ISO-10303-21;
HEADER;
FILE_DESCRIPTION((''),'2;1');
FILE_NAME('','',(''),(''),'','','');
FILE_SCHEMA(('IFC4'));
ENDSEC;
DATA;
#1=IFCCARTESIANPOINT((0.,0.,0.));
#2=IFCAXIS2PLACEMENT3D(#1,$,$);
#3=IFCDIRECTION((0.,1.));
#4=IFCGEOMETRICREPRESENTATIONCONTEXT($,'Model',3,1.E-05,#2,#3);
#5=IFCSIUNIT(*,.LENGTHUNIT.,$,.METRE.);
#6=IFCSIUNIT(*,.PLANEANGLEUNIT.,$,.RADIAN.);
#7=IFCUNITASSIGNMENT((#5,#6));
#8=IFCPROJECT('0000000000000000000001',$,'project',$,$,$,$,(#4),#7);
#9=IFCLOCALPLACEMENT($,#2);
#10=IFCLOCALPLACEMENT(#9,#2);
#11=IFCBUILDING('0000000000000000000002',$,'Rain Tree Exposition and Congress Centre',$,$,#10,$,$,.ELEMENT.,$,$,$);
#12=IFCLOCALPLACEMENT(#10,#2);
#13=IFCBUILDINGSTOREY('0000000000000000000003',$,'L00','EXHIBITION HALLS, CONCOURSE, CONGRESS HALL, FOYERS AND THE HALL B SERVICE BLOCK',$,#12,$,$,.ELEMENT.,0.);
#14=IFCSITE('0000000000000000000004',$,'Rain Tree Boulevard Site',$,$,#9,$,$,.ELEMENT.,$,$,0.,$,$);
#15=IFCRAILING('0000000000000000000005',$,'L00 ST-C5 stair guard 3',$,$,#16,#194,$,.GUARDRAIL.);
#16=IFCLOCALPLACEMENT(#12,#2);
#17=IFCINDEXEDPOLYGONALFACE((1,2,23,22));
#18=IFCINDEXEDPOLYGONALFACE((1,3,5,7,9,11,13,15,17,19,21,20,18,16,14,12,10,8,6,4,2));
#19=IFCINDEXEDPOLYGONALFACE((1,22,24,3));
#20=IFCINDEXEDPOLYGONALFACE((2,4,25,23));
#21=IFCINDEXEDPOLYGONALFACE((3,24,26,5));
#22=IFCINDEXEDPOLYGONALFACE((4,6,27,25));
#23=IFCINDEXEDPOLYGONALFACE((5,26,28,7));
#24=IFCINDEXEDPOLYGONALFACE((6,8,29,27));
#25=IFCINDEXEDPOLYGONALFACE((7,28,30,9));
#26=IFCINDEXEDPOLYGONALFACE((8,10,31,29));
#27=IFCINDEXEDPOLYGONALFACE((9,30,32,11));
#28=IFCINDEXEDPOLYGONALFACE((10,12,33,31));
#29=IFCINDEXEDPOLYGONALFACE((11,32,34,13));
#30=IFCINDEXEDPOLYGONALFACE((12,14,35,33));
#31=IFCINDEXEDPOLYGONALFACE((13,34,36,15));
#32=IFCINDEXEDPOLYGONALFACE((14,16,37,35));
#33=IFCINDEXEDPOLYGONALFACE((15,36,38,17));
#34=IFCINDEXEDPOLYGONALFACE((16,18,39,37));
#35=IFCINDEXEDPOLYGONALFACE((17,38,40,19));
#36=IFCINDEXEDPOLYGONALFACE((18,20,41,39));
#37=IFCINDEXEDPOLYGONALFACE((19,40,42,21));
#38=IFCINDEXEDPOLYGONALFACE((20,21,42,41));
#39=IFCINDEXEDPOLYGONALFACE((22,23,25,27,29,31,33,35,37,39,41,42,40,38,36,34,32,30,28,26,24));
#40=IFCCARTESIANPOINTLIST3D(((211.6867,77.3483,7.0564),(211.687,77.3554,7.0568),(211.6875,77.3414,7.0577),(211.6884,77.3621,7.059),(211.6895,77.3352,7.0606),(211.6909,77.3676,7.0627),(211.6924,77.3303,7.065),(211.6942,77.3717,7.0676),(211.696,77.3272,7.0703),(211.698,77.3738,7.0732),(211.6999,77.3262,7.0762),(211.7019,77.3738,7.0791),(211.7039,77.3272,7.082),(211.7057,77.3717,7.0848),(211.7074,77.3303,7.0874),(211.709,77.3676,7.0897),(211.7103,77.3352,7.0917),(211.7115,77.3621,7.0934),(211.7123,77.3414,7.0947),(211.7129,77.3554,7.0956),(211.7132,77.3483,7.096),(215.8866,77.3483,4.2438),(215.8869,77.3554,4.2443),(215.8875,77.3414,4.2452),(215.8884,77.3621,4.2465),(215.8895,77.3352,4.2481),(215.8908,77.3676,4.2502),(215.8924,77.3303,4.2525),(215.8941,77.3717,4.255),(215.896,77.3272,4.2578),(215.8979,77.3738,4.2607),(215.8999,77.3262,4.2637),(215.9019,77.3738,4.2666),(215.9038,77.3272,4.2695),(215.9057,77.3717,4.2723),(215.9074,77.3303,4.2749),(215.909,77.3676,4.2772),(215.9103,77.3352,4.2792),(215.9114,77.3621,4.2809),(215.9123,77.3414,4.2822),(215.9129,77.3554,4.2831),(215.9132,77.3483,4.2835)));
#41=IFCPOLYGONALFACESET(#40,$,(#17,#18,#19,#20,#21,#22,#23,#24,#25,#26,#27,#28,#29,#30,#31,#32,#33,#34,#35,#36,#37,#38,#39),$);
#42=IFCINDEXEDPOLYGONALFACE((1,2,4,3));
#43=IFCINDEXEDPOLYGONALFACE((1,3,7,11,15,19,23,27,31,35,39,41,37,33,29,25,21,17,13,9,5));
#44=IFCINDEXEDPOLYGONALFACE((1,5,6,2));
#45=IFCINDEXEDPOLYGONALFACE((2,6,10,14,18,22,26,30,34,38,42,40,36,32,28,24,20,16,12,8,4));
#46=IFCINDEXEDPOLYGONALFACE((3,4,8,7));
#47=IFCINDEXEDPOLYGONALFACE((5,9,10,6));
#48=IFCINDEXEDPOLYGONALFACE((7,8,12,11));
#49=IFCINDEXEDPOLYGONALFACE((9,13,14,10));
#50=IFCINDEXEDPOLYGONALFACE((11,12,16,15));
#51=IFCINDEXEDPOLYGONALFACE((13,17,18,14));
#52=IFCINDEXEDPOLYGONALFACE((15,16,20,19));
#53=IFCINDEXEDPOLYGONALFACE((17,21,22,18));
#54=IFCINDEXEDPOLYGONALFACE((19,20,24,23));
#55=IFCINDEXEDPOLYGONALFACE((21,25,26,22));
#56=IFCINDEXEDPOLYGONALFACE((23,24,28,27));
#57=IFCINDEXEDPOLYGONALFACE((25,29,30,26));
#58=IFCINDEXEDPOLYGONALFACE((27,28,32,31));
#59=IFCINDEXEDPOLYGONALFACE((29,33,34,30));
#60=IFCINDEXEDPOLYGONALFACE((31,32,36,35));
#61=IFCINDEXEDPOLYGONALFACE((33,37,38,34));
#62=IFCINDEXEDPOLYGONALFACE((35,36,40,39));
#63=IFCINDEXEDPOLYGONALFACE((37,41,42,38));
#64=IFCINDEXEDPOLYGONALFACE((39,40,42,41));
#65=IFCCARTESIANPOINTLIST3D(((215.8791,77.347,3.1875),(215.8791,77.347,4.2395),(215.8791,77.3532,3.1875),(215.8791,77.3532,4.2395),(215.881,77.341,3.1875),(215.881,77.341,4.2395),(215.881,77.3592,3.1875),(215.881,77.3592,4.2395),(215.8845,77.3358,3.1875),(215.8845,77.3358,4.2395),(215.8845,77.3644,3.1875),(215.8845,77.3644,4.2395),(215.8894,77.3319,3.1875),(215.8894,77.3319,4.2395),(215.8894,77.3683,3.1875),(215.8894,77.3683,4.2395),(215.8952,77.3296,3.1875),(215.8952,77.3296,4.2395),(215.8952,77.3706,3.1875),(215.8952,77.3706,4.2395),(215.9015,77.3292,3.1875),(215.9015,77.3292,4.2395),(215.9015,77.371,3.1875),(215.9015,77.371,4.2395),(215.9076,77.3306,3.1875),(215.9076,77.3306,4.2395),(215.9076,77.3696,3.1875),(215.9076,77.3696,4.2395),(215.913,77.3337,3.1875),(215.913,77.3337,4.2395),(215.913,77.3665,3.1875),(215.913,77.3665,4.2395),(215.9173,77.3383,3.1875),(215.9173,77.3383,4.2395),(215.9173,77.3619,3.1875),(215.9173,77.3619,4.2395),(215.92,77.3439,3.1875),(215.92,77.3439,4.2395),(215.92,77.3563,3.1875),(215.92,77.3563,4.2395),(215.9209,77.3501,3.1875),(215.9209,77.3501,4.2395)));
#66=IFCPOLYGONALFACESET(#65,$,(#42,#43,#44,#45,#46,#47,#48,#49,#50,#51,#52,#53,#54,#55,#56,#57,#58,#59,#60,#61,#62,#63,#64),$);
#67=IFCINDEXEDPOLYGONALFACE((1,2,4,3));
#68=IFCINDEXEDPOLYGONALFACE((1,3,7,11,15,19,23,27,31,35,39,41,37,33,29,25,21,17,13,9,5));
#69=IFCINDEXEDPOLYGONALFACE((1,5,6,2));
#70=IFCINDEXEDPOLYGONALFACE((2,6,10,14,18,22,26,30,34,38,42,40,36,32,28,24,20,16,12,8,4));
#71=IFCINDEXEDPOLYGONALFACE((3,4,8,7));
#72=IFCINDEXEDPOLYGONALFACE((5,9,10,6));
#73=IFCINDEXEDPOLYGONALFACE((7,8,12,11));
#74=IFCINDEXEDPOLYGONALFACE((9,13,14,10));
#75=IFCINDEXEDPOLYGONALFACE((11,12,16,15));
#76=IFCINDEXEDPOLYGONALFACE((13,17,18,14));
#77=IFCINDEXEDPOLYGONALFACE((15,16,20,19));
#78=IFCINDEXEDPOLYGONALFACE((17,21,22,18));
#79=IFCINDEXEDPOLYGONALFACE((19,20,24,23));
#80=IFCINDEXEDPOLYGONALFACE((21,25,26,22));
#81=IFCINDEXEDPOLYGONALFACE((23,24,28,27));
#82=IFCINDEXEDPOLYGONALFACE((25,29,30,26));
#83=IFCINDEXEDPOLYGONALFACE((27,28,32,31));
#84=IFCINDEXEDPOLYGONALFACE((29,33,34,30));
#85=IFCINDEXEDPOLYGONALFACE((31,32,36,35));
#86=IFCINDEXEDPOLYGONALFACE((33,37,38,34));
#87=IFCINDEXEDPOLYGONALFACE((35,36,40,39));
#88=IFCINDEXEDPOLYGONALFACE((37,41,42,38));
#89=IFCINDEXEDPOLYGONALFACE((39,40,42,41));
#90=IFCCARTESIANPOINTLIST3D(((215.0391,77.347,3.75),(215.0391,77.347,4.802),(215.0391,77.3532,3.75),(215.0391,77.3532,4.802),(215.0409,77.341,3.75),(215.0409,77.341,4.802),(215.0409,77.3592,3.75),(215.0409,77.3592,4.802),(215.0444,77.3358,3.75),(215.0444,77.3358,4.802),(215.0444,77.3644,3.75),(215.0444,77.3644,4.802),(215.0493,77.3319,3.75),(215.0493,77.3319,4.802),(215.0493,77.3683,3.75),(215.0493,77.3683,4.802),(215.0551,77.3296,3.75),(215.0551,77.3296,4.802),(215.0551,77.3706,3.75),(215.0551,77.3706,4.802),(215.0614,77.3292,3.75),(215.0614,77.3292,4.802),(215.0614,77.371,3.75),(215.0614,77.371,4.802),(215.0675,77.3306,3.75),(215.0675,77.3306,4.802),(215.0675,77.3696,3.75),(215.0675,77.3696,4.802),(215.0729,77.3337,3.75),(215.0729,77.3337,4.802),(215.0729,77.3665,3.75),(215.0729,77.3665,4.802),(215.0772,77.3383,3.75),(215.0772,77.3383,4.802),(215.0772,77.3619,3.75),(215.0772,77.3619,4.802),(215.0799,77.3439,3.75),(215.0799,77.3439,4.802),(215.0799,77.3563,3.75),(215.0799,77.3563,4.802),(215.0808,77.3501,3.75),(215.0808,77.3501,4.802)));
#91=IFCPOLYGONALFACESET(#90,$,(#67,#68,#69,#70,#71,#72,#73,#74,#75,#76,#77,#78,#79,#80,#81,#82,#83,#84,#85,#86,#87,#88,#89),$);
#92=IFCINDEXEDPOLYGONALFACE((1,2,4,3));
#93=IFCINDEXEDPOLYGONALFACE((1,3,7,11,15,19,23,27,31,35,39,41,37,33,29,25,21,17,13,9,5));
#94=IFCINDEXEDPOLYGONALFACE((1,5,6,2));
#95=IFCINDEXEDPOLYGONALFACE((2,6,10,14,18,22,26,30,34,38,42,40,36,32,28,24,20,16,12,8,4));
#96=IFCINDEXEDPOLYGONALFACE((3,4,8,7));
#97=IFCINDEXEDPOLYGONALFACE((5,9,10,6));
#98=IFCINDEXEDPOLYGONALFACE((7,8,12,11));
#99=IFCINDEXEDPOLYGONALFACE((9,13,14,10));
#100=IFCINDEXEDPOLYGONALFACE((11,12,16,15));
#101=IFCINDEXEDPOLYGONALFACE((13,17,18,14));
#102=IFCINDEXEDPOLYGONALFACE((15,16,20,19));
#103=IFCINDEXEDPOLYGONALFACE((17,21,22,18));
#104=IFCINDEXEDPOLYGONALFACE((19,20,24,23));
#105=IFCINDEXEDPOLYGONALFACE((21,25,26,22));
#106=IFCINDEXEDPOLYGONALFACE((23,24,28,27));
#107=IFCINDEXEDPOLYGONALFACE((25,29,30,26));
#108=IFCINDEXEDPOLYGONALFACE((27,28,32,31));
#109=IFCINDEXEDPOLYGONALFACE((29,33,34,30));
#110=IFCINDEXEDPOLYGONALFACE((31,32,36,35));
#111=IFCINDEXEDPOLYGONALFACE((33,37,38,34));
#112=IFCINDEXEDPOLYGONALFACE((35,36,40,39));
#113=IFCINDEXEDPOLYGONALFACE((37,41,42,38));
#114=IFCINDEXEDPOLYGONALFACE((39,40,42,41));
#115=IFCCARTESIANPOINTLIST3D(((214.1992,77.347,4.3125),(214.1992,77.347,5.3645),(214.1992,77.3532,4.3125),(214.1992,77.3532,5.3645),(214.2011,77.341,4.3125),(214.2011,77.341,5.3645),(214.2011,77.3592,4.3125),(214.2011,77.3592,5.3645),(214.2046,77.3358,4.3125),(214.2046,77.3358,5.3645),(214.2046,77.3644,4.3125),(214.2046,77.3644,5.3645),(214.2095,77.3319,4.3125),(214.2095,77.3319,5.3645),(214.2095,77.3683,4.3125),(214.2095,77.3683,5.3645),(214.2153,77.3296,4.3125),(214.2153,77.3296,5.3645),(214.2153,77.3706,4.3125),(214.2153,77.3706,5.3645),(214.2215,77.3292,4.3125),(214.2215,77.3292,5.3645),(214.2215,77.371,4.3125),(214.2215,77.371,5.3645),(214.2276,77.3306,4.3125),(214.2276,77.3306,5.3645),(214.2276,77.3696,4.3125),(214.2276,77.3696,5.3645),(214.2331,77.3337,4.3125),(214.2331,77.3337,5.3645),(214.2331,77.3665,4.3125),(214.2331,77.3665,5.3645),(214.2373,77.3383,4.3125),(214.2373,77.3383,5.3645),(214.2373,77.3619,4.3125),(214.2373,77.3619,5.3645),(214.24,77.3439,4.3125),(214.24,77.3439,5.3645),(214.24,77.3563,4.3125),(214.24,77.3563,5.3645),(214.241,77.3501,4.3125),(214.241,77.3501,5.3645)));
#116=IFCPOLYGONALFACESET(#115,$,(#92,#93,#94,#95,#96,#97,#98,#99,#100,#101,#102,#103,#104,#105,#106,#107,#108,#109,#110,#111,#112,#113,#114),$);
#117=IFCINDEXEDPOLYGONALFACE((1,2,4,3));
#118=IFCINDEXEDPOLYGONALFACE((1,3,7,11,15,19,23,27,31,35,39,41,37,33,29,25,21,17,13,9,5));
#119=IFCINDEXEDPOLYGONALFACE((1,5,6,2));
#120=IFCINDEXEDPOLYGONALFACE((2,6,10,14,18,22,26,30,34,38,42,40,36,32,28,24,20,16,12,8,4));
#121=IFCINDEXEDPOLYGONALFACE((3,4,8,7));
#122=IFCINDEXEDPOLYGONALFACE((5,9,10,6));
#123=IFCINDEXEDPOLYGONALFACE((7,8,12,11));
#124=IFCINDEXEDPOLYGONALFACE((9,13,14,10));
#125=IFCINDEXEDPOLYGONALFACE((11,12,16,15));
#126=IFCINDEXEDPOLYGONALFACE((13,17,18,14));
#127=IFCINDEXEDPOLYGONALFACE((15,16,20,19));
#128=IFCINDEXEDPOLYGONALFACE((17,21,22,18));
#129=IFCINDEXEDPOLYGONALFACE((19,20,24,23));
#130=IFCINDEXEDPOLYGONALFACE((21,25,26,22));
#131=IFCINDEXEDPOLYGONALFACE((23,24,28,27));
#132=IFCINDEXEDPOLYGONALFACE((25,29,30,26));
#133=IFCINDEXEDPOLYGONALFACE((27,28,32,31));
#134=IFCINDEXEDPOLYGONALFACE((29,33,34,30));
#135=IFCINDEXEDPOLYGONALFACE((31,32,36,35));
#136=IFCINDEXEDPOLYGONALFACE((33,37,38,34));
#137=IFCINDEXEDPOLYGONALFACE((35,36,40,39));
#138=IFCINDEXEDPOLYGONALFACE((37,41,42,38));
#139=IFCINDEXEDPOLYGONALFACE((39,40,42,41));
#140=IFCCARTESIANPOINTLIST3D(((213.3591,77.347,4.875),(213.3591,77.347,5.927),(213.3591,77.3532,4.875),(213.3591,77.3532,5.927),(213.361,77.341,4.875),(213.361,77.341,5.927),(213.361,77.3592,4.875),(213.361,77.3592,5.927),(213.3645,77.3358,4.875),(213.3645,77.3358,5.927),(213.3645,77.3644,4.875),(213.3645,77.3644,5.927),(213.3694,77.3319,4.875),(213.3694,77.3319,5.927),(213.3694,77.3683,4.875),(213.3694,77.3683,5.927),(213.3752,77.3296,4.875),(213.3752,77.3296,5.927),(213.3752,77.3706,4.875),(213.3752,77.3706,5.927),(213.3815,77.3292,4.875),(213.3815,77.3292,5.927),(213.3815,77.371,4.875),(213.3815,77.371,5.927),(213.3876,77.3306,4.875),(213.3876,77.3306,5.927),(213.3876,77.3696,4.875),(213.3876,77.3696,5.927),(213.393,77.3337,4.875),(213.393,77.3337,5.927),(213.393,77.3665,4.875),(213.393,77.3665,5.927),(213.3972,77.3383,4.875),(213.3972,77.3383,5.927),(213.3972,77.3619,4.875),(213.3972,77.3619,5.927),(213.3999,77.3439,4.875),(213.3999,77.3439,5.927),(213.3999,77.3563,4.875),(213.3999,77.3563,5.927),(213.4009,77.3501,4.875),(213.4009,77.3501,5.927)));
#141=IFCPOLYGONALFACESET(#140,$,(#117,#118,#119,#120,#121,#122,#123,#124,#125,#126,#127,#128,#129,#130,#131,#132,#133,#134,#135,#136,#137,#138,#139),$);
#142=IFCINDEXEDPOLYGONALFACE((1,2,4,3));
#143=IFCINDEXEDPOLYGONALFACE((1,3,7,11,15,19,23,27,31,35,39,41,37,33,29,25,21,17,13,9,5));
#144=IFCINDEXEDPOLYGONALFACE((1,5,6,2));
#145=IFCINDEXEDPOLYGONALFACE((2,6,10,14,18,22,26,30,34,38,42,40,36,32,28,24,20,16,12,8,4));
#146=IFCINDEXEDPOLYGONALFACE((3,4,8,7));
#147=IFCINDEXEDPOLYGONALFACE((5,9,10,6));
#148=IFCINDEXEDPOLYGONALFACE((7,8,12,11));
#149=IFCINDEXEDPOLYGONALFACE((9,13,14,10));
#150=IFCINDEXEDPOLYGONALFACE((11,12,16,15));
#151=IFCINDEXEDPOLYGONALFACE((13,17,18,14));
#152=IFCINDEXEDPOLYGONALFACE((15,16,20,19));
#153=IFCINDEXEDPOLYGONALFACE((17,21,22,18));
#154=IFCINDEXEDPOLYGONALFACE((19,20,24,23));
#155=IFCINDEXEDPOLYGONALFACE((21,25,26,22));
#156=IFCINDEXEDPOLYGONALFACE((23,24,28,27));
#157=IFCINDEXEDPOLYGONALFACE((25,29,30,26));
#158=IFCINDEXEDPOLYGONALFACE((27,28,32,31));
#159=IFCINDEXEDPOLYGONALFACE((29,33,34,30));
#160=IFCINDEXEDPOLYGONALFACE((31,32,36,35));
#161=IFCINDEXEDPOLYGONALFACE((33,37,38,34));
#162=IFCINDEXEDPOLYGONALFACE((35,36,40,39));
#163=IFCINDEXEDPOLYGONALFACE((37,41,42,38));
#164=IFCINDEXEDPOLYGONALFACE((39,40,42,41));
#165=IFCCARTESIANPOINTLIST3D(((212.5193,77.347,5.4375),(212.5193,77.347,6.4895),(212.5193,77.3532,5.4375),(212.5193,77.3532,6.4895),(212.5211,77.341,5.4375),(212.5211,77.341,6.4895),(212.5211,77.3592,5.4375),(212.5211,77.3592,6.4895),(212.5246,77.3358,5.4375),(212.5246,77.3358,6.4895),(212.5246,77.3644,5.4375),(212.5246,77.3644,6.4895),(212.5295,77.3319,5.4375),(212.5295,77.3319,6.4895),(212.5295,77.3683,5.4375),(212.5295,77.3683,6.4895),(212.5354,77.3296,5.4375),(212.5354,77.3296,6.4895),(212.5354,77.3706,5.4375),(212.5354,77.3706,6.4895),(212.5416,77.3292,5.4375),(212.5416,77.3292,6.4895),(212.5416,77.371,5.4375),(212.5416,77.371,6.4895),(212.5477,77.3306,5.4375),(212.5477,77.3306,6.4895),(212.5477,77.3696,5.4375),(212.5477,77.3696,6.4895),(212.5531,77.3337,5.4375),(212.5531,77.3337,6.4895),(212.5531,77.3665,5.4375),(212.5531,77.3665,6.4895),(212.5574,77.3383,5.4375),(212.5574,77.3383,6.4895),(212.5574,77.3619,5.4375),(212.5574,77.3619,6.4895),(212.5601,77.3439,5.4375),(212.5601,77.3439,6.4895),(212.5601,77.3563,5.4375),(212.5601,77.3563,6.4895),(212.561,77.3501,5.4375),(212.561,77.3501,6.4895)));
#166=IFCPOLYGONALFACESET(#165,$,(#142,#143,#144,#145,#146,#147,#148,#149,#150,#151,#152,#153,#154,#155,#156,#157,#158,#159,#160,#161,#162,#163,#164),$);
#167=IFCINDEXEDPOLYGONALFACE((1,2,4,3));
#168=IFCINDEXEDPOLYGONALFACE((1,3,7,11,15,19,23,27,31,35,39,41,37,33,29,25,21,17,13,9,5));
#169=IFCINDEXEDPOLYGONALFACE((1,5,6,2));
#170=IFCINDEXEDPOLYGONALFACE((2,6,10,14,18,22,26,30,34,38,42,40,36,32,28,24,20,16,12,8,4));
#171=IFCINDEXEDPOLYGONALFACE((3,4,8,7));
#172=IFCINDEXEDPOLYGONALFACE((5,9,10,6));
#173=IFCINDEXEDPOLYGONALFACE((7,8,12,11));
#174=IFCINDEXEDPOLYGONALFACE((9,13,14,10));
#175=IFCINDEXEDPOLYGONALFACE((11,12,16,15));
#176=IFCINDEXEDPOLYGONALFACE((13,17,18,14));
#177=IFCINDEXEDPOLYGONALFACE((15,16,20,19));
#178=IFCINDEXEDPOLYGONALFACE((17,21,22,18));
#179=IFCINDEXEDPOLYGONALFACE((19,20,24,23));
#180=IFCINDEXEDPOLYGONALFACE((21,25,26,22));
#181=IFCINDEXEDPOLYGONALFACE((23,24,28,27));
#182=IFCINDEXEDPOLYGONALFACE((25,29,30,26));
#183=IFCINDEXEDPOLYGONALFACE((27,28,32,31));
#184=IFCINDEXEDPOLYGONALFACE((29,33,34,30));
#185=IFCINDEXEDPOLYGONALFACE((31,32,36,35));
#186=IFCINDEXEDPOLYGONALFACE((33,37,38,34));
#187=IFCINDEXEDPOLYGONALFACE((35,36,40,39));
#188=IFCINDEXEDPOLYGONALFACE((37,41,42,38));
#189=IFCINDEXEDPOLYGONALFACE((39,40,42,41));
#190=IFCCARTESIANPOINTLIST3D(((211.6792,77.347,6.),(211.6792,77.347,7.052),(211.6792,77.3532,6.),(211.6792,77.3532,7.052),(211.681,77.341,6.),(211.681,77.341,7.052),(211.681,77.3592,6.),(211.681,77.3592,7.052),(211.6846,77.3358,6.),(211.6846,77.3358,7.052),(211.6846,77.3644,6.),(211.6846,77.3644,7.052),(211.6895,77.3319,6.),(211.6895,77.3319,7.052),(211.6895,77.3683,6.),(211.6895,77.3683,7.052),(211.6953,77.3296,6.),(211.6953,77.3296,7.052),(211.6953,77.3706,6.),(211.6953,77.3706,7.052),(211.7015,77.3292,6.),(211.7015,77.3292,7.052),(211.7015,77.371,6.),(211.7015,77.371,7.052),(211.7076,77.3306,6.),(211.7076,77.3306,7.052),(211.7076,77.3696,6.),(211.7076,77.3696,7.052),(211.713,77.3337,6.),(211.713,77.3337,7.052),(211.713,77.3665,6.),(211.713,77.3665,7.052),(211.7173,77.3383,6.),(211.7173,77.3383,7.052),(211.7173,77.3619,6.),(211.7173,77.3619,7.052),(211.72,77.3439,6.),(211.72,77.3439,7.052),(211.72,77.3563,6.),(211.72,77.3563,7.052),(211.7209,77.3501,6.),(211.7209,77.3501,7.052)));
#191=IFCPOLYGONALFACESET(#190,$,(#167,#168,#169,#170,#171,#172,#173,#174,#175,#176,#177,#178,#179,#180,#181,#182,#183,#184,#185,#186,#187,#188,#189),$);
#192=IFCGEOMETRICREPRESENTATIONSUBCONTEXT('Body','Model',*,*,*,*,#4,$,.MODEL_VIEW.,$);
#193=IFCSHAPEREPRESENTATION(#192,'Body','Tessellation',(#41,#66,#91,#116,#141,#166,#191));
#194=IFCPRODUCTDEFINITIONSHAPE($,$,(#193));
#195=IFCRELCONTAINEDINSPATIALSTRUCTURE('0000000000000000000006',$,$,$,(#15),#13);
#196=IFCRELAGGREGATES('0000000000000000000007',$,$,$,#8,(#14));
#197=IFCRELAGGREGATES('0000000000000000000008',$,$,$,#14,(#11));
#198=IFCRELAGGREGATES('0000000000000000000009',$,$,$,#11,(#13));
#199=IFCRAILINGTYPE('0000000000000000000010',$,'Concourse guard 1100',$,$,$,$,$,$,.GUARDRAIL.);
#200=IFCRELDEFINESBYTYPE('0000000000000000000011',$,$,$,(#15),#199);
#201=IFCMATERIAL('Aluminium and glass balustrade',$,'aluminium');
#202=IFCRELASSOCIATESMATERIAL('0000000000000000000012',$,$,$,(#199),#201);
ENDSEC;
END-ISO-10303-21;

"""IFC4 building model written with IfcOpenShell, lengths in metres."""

from ifc_helpers import new_model, si_unit, direction, frame, origin, origin_2d, place, context, subcontext, project, spatial, circle, extrude, material, type_object, element, save


model = new_model("IFC4")

# Units and contexts
model_context = context("Model", 3, precision=1e-05, world=origin(), true_north=direction((0.0, 1.0)))
body_context = subcontext(model_context, "Body", "Model", "MODEL_VIEW")
ifc_project = project(units=[si_unit("LENGTHUNIT", "METRE"), si_unit("PLANEANGLEUNIT", "RADIAN")], contexts=[model_context])

# Site, building, storey
site_placement = place(None, origin())
site = spatial("IfcSite", under=ifc_project, at=site_placement, Name="Rain Tree Boulevard Site", CompositionType="ELEMENT", RefElevation=0.0)
building_placement = place(site_placement, origin())
building = spatial("IfcBuilding", under=site, at=building_placement, Name="Rain Tree Exposition and Congress Centre", CompositionType="ELEMENT")
storey_placement = place(building_placement, origin())
storey = spatial("IfcBuildingStorey", under=building, at=storey_placement, Name="L00", Description="EXHIBITION HALLS, CONCOURSE, CONGRESS HALL, FOYERS AND THE HALL B SERVICE BLOCK", CompositionType="ELEMENT", Elevation=0.0)

# Railing
ifc_material_1 = material(Name="Aluminium and glass balustrade", Category="aluminium")
railing_type_1 = type_object("IfcRailingType", Name="Concourse guard 1100", PredefinedType="GUARDRAIL", material=ifc_material_1)
railing_1_placement = place(storey_placement, frame((215.8999, 77.3501, 3.1875)))
element("IfcRailing", 1, at=railing_1_placement, inside=storey, type_object=railing_type_1, Name="L00 ST-C5 stair guard 3", PredefinedType="GUARDRAIL", context=body_context, shape_type="SweptSolid", body=[
    extrude(circle(Radius=0.0239, at=origin_2d()), frame((0.0, 0.0, 1.0762), z_axis=(-0.830904, 0.0, 0.556416), x_axis=(0.0, -1.0, 0.0)), (0.0, 0.0, 1.0), 5.0547),
    extrude(circle(Radius=0.021, at=origin_2d()), origin(), (0.0, 0.0, 1.0), 1.052),
    extrude(circle(Radius=0.021, at=origin_2d()), frame((-0.8401, 0.0, 0.5625)), (0.0, 0.0, 1.0), 1.052),
    extrude(circle(Radius=0.021, at=origin_2d()), frame((-1.6799, 0.0, 1.125)), (0.0, 0.0, 1.0), 1.052),
    extrude(circle(Radius=0.021, at=origin_2d()), frame((-2.52, 0.0, 1.6875)), (0.0, 0.0, 1.0), 1.052),
    extrude(circle(Radius=0.021, at=origin_2d()), frame((-3.3599, 0.0, 2.25)), (0.0, 0.0, 1.0), 1.052),
    extrude(circle(Radius=0.021, at=origin_2d()), frame((-4.2, 0.0, 2.8125)), (0.0, 0.0, 1.0), 1.052),
])

save(model, "model.ifc")
